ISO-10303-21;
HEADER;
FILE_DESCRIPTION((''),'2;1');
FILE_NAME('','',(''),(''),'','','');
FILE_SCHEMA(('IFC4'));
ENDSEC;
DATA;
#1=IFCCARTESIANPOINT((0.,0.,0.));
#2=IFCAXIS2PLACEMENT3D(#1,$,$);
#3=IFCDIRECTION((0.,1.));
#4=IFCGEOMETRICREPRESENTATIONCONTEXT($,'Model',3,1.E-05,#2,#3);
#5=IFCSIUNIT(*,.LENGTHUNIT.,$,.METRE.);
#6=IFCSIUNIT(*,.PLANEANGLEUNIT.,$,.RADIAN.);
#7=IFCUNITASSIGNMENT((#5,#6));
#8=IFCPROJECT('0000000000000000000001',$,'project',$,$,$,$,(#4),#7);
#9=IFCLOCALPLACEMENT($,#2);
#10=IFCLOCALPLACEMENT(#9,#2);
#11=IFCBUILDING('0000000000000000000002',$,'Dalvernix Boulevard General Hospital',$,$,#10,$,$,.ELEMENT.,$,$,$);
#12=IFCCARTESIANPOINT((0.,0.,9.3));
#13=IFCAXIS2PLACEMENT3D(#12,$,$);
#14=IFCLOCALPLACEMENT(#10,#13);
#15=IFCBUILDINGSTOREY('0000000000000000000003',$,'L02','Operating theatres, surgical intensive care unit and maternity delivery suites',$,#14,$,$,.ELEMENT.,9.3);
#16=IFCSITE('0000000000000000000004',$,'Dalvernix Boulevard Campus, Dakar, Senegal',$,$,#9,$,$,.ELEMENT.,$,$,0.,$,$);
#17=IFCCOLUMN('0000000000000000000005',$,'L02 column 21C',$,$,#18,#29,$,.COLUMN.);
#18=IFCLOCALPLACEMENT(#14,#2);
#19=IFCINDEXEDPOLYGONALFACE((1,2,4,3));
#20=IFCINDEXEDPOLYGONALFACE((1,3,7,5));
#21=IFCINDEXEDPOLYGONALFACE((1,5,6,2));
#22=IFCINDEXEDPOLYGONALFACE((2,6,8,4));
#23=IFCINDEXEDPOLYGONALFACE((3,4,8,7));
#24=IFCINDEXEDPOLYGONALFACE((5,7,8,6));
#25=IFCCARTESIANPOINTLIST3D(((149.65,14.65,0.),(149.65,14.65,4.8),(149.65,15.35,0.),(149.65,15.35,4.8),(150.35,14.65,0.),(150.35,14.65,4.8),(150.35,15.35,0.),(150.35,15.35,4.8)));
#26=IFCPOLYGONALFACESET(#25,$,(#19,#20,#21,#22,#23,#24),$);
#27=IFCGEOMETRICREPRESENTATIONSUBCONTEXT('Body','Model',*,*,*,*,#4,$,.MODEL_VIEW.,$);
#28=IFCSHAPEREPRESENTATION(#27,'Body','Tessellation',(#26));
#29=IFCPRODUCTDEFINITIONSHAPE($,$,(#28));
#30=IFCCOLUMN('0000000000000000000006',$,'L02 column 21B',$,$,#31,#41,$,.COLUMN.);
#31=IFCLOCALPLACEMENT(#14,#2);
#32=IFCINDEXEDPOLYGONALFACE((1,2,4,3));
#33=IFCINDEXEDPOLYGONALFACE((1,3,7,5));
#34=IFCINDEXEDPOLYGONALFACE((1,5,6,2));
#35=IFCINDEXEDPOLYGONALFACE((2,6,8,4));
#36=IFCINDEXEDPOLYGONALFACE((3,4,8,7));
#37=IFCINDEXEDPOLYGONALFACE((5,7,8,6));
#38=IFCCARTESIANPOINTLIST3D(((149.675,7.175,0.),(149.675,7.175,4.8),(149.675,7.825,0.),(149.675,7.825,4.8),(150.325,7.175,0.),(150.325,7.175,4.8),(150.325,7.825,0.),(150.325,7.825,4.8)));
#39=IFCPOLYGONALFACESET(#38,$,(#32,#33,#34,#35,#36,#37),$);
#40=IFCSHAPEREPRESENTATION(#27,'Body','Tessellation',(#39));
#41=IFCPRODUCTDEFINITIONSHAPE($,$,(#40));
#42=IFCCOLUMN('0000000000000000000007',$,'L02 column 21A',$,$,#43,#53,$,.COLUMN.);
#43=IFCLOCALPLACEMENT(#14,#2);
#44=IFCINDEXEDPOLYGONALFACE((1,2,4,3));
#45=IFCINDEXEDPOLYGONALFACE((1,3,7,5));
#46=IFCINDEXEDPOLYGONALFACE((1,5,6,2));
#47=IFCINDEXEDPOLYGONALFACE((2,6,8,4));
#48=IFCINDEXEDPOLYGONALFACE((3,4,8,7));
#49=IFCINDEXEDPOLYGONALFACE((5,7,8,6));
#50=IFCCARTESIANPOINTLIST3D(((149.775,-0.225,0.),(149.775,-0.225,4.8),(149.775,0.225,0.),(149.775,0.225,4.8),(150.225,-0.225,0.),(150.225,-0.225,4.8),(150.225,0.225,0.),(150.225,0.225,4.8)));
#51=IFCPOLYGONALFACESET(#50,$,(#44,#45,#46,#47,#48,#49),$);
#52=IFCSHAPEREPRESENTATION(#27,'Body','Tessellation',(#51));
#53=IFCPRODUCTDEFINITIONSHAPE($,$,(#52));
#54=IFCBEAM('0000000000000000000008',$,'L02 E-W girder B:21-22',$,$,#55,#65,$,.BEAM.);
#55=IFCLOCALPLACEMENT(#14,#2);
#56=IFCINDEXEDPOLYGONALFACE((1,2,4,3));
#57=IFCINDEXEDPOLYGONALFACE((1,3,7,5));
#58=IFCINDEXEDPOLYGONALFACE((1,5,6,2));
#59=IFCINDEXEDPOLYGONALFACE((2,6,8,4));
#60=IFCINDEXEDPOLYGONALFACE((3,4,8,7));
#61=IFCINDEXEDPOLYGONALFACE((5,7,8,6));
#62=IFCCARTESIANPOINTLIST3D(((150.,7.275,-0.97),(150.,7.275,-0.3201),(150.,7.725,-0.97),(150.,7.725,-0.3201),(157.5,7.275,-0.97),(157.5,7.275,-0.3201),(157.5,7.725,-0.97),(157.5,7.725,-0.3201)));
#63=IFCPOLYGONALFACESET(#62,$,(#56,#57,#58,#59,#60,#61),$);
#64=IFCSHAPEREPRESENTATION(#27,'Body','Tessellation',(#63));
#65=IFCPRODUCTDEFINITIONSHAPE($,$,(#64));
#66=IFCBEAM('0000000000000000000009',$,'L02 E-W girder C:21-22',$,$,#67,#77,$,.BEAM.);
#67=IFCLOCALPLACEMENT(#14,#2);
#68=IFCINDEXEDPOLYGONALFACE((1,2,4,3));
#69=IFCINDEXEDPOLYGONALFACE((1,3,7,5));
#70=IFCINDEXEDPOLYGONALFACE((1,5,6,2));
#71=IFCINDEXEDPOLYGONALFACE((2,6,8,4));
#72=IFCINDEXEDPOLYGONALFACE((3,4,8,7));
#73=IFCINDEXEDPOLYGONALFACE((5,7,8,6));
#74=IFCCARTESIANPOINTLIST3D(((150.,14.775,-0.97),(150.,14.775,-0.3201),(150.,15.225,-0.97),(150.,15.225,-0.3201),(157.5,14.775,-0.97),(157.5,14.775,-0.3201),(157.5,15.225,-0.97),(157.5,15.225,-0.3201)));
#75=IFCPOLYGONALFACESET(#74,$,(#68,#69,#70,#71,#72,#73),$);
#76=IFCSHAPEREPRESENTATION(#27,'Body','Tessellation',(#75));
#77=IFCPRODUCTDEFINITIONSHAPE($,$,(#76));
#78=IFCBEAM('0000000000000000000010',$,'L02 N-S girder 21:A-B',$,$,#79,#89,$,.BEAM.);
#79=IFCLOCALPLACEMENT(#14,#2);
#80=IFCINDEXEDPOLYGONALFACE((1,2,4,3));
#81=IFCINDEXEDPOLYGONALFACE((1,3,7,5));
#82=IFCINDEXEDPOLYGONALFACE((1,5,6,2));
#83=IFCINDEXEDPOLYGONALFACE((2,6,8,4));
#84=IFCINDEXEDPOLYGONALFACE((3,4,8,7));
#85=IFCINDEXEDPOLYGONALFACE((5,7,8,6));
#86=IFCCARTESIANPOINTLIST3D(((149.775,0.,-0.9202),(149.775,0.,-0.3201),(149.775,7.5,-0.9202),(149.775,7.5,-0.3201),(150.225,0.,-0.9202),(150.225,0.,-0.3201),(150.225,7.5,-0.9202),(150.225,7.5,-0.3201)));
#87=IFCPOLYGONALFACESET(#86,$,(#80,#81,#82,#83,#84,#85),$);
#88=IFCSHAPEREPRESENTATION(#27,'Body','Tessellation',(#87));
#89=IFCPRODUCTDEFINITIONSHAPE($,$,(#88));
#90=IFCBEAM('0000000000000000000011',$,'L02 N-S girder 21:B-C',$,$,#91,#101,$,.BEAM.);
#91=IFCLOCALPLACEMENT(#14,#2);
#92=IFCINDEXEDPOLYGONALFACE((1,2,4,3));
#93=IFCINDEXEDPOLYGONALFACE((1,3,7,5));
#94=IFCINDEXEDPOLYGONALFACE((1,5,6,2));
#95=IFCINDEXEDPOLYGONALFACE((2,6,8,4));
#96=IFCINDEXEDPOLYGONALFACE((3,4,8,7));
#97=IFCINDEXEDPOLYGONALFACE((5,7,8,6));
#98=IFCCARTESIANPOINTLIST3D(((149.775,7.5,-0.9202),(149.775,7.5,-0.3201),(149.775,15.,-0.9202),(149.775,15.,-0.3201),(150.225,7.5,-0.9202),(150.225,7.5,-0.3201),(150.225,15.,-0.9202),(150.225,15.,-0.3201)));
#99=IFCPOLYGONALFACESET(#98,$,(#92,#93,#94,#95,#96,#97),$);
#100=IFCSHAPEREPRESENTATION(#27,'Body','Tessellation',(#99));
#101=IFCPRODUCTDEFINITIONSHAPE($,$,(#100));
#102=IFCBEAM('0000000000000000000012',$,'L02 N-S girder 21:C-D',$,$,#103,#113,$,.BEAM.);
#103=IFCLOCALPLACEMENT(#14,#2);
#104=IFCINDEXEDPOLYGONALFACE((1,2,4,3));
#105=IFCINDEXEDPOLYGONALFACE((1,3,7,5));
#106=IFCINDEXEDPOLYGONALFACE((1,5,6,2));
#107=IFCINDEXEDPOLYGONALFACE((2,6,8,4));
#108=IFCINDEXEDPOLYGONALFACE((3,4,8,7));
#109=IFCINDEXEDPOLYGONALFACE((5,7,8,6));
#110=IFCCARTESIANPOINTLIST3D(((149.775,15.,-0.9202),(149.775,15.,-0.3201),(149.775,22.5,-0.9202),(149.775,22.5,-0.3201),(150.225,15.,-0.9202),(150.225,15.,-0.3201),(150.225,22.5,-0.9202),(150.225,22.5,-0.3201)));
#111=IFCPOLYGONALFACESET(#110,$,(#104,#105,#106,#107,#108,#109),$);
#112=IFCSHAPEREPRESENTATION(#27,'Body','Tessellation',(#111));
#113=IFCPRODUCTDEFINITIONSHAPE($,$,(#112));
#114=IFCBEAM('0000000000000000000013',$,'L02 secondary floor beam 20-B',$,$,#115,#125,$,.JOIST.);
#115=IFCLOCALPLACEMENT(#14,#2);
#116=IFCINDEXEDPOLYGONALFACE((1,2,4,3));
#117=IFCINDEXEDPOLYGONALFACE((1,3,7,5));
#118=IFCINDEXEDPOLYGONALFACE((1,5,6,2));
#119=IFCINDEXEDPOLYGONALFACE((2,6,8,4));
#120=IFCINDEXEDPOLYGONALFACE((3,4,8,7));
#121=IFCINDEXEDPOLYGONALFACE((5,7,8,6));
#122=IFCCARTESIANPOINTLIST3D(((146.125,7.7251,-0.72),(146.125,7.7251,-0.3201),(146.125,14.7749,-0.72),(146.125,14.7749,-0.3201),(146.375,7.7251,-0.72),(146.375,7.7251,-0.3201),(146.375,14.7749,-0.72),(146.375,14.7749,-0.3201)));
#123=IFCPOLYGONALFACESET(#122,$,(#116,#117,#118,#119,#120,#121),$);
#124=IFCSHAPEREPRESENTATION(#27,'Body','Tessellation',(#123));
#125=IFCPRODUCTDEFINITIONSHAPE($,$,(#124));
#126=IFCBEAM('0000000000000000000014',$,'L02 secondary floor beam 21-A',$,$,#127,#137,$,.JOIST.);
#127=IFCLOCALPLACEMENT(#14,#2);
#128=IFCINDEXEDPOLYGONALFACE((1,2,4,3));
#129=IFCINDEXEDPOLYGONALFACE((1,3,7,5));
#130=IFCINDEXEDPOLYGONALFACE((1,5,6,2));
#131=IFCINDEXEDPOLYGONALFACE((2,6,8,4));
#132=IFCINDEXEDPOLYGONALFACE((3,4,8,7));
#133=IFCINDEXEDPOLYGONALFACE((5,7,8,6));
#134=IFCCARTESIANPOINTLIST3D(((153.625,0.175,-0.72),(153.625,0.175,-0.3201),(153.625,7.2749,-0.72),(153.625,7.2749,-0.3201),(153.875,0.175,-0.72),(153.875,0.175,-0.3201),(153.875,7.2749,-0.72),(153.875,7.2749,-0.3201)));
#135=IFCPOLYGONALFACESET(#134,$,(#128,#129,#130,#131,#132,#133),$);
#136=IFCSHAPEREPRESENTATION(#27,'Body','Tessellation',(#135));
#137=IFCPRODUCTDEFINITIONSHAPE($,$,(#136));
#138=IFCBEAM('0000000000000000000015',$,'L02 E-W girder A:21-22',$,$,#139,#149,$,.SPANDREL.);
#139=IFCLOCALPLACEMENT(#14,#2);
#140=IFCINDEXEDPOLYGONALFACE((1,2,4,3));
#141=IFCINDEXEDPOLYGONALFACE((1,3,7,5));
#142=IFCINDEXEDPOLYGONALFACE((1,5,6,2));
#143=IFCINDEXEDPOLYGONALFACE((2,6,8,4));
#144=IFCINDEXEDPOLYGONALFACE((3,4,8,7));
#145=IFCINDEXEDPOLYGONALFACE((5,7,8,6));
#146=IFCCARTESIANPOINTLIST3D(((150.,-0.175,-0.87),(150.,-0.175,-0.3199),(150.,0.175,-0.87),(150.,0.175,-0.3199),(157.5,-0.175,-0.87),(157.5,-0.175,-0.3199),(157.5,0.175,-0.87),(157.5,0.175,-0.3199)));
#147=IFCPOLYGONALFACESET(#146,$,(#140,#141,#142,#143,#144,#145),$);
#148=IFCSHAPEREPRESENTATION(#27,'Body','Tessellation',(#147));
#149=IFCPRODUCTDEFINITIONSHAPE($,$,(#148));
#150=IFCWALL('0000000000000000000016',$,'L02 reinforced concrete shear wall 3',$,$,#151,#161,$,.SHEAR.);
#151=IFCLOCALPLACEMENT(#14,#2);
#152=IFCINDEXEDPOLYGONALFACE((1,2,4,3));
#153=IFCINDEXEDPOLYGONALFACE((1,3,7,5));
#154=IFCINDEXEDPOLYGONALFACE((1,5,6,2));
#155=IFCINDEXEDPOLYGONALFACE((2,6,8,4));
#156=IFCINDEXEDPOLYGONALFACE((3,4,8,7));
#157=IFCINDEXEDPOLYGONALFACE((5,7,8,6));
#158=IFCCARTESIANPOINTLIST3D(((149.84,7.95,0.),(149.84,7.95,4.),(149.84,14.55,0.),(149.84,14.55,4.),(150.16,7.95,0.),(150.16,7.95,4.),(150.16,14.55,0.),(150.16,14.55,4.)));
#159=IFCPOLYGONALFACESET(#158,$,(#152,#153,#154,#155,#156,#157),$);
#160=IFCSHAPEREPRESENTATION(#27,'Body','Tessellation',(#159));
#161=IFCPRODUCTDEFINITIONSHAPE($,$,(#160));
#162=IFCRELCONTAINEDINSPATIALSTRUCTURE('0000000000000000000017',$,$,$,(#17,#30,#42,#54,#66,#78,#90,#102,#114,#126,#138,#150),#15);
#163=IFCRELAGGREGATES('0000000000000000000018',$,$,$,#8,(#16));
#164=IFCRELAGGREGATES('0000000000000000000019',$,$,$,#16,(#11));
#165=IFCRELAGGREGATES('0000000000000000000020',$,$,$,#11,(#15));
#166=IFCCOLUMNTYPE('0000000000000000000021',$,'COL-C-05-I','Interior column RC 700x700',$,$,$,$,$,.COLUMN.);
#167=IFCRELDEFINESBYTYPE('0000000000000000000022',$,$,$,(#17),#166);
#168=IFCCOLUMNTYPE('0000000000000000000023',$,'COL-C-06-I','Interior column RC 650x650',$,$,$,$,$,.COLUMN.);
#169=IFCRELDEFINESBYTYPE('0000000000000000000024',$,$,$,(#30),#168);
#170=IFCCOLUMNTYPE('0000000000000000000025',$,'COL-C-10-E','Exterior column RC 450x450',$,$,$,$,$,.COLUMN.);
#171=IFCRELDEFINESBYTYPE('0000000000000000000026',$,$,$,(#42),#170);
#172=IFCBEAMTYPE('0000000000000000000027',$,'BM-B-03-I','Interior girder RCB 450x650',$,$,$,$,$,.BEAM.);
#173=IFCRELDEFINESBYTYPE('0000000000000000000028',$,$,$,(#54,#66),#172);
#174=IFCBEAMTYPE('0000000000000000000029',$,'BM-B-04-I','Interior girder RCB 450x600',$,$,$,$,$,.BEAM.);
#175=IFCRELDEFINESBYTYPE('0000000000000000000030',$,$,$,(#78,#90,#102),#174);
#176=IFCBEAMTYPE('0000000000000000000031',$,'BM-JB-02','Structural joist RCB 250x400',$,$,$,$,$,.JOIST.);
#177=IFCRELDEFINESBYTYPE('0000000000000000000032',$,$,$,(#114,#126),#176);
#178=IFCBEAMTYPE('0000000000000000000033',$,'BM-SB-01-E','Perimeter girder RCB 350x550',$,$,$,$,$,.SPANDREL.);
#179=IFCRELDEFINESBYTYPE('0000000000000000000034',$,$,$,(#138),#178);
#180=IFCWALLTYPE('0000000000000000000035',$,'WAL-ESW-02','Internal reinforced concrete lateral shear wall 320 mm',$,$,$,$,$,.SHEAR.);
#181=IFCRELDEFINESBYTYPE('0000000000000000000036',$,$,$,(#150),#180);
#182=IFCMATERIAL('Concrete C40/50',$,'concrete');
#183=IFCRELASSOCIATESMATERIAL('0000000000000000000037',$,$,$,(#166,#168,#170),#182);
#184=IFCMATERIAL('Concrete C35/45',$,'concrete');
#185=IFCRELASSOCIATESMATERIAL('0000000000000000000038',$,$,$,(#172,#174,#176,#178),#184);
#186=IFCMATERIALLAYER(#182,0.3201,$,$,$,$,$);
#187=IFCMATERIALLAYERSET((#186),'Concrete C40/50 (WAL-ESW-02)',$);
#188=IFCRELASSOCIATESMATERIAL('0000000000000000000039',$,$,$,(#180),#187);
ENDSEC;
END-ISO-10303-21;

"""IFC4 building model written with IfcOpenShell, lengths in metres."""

from ifc_helpers import new_model, si_unit, direction, frame, frame_2d, origin, origin_2d, place, context, subcontext, project, spatial, rectangle, extrude, material, layer, layer_set, material_profile, profile_set, type_object, element, save


model = new_model("IFC4")

# Units and contexts
model_context = context("Model", 3, precision=1e-05, world=origin(), true_north=direction((0.0, 1.0)))
body_context = subcontext(model_context, "Body", "Model", "MODEL_VIEW")
ifc_project = project(units=[si_unit("LENGTHUNIT", "METRE"), si_unit("PLANEANGLEUNIT", "RADIAN")], contexts=[model_context])

# Site, building, storey
site_placement = place(None, origin())
site = spatial("IfcSite", under=ifc_project, at=site_placement, Name="Dalvernix Boulevard Campus, Dakar, Senegal", CompositionType="ELEMENT", RefElevation=0.0)
building_placement = place(site_placement, origin())
building = spatial("IfcBuilding", under=site, at=building_placement, Name="Dalvernix Boulevard General Hospital", CompositionType="ELEMENT")
storey_placement = place(building_placement, frame((0.0, 0.0, 9.3)))
storey = spatial("IfcBuildingStorey", under=building, at=storey_placement, Name="L02", Description="Operating theatres, surgical intensive care unit and maternity delivery suites", CompositionType="ELEMENT", Elevation=9.3)

# Columns
ifc_material_1 = material(Name="Concrete C40/50", Category="concrete")
ifc_material_profile_1 = material_profile(ifc_material_1, rectangle(XDim=0.7, YDim=0.7, at=origin_2d()), Name="RC 700x700")
ifc_profile_set_1 = profile_set([ifc_material_profile_1], Name="Concrete C40/50")
column_type_1 = type_object("IfcColumnType", Name="COL-C-05-I", Description="Interior column RC 700x700", PredefinedType="COLUMN", material=ifc_profile_set_1)
column_1_placement = place(storey_placement, frame((150.0, 15.0, 0.0), z_axis=(0.0, 0.0, 1.0), x_axis=(1.0, 0.0, 0.0)))
element("IfcColumn", 1, at=column_1_placement, inside=storey, type_object=column_type_1, Name="L02 column 21C", PredefinedType="COLUMN", context=body_context, shape_type="SweptSolid", body=[
    extrude(rectangle(XDim=0.7, YDim=0.7, at=origin_2d()), origin(), (0.0, 0.0, 1.0), 4.8),
])
ifc_material_profile_2 = material_profile(ifc_material_1, rectangle(XDim=0.6499, YDim=0.6499, at=origin_2d()), Name="RC 650x650")
ifc_profile_set_2 = profile_set([ifc_material_profile_2], Name="Concrete C40/50")
column_type_2 = type_object("IfcColumnType", Name="COL-C-06-I", Description="Interior column RC 650x650", PredefinedType="COLUMN", material=ifc_profile_set_2)
column_2_placement = place(storey_placement, frame((150.0, 7.5, 0.0), z_axis=(0.0, 0.0, 1.0), x_axis=(1.0, 0.0, 0.0)))
element("IfcColumn", 2, at=column_2_placement, inside=storey, type_object=column_type_2, Name="L02 column 21B", PredefinedType="COLUMN", context=body_context, shape_type="SweptSolid", body=[
    extrude(rectangle(XDim=0.6499, YDim=0.6499, at=origin_2d()), origin(), (0.0, 0.0, 1.0), 4.8),
])
ifc_material_profile_3 = material_profile(ifc_material_1, rectangle(XDim=0.45, YDim=0.45, at=origin_2d()), Name="RC 450x450")
ifc_profile_set_3 = profile_set([ifc_material_profile_3], Name="Concrete C40/50")
column_type_3 = type_object("IfcColumnType", Name="COL-C-10-E", Description="Exterior column RC 450x450", PredefinedType="COLUMN", material=ifc_profile_set_3)
column_3_placement = place(storey_placement, frame((150.0, 0.0, 0.0), z_axis=(0.0, 0.0, 1.0), x_axis=(1.0, 0.0, 0.0)))
element("IfcColumn", 3, at=column_3_placement, inside=storey, type_object=column_type_3, Name="L02 column 21A", PredefinedType="COLUMN", context=body_context, shape_type="SweptSolid", body=[
    extrude(rectangle(XDim=0.45, YDim=0.45, at=origin_2d()), origin(), (0.0, 0.0, 1.0), 4.8),
])

# Beams
ifc_material_2 = material(Name="Concrete C35/45", Category="concrete")
ifc_material_profile_4 = material_profile(ifc_material_2, rectangle(XDim=0.45, YDim=0.6499, at=origin_2d()), Name="RCB 450x650")
ifc_profile_set_4 = profile_set([ifc_material_profile_4], Name="Concrete C35/45")
beam_type_1 = type_object("IfcBeamType", Name="BM-B-03-I", Description="Interior girder RCB 450x650", PredefinedType="BEAM", material=ifc_profile_set_4)
for number, where, z_axis, x_axis, name in (
    (4, (150.0, 7.5, -0.645), (1.0, 0.0, 0.0), (0.0, 1.0, 0.0), "L02 E-W girder B:21-22"),
    (5, (150.0, 15.0, -0.645), (1.0, 0.0, 0.0), (0.0, 1.0, 0.0), "L02 E-W girder C:21-22"),
):
    element("IfcBeam", number, at=place(storey_placement, frame(where, z_axis=z_axis, x_axis=x_axis)), inside=storey, type_object=beam_type_1, Name=name, PredefinedType="BEAM", context=body_context, shape_type="SweptSolid", body=[
        extrude(rectangle(XDim=0.45, YDim=0.6499, at=origin_2d()), origin(), (0.0, 0.0, 1.0), 7.5),
    ])
ifc_material_profile_5 = material_profile(ifc_material_2, rectangle(XDim=0.45, YDim=0.6001, at=origin_2d()), Name="RCB 450x600")
ifc_profile_set_5 = profile_set([ifc_material_profile_5], Name="Concrete C35/45")
beam_type_2 = type_object("IfcBeamType", Name="BM-B-04-I", Description="Interior girder RCB 450x600", PredefinedType="BEAM", material=ifc_profile_set_5)
for number, where, z_axis, x_axis, name in (
    (6, (150.0, 0.0, -0.6201), (0.0, 1.0, 0.0), (-1.0, 0.0, 0.0), "L02 N-S girder 21:A-B"),
    (7, (150.0, 7.5, -0.6201), (0.0, 1.0, 0.0), (-1.0, 0.0, 0.0), "L02 N-S girder 21:B-C"),
    (8, (150.0, 15.0, -0.6201), (0.0, 1.0, 0.0), (-1.0, 0.0, 0.0), "L02 N-S girder 21:C-D"),
):
    element("IfcBeam", number, at=place(storey_placement, frame(where, z_axis=z_axis, x_axis=x_axis)), inside=storey, type_object=beam_type_2, Name=name, PredefinedType="BEAM", context=body_context, shape_type="SweptSolid", body=[
        extrude(rectangle(XDim=0.45, YDim=0.6001, at=origin_2d()), origin(), (0.0, 0.0, 1.0), 7.5),
    ])
ifc_material_profile_6 = material_profile(ifc_material_2, rectangle(XDim=0.25, YDim=0.3999, at=origin_2d()), Name="RCB 250x400")
ifc_profile_set_6 = profile_set([ifc_material_profile_6], Name="Concrete C35/45")
beam_type_3 = type_object("IfcBeamType", Name="BM-JB-02", Description="Structural joist RCB 250x400", PredefinedType="JOIST", material=ifc_profile_set_6)
beam_1_placement = place(storey_placement, frame((146.25, 7.7251, -0.52), z_axis=(0.0, 1.0, 0.0), x_axis=(-1.0, 0.0, 0.0)))
element("IfcBeam", 9, at=beam_1_placement, inside=storey, type_object=beam_type_3, Name="L02 secondary floor beam 20-B", PredefinedType="JOIST", context=body_context, shape_type="SweptSolid", body=[
    extrude(rectangle(XDim=0.25, YDim=0.3999, at=origin_2d()), origin(), (0.0, 0.0, 1.0), 7.0498),
])
beam_2_placement = place(storey_placement, frame((153.75, 0.175, -0.52), z_axis=(0.0, 1.0, 0.0), x_axis=(-1.0, 0.0, 0.0)))
element("IfcBeam", 10, at=beam_2_placement, inside=storey, type_object=beam_type_3, Name="L02 secondary floor beam 21-A", PredefinedType="JOIST", context=body_context, shape_type="SweptSolid", body=[
    extrude(rectangle(XDim=0.25, YDim=0.3999, at=origin_2d()), origin(), (0.0, 0.0, 1.0), 7.0999),
])
ifc_material_profile_7 = material_profile(ifc_material_2, rectangle(XDim=0.3501, YDim=0.55, at=origin_2d()), Name="RCB 350x550")
ifc_profile_set_7 = profile_set([ifc_material_profile_7], Name="Concrete C35/45")
beam_type_4 = type_object("IfcBeamType", Name="BM-SB-01-E", Description="Perimeter girder RCB 350x550", PredefinedType="SPANDREL", material=ifc_profile_set_7)
beam_3_placement = place(storey_placement, frame((150.0, 0.0, -0.595), z_axis=(1.0, 0.0, 0.0), x_axis=(0.0, 1.0, 0.0)))
element("IfcBeam", 11, at=beam_3_placement, inside=storey, type_object=beam_type_4, Name="L02 E-W girder A:21-22", PredefinedType="SPANDREL", context=body_context, shape_type="SweptSolid", body=[
    extrude(rectangle(XDim=0.3501, YDim=0.55, at=origin_2d()), origin(), (0.0, 0.0, 1.0), 7.5),
])

# Wall
ifc_layer_1 = layer(ifc_material_1, 0.3201)
ifc_layer_set_1 = layer_set([ifc_layer_1], Name="Concrete C40/50 (WAL-ESW-02)")
wall_type_1 = type_object("IfcWallType", Name="WAL-ESW-02", Description="Internal reinforced concrete lateral shear wall 320 mm", PredefinedType="SHEAR", material=ifc_layer_set_1)
wall_1_placement = place(storey_placement, frame((150.0, 7.95, 0.0), z_axis=(0.0, 0.0, 1.0), x_axis=(0.0, 1.0, 0.0)))
element("IfcWall", 12, at=wall_1_placement, inside=storey, type_object=wall_type_1, Name="L02 reinforced concrete shear wall 3", PredefinedType="SHEAR", context=body_context, shape_type="SweptSolid", body=[
    extrude(rectangle(XDim=6.6001, YDim=0.3201, at=frame_2d((3.3, 0.0))), origin(), (0.0, 0.0, 1.0), 4.0),
])

save(model, "model.ifc")
